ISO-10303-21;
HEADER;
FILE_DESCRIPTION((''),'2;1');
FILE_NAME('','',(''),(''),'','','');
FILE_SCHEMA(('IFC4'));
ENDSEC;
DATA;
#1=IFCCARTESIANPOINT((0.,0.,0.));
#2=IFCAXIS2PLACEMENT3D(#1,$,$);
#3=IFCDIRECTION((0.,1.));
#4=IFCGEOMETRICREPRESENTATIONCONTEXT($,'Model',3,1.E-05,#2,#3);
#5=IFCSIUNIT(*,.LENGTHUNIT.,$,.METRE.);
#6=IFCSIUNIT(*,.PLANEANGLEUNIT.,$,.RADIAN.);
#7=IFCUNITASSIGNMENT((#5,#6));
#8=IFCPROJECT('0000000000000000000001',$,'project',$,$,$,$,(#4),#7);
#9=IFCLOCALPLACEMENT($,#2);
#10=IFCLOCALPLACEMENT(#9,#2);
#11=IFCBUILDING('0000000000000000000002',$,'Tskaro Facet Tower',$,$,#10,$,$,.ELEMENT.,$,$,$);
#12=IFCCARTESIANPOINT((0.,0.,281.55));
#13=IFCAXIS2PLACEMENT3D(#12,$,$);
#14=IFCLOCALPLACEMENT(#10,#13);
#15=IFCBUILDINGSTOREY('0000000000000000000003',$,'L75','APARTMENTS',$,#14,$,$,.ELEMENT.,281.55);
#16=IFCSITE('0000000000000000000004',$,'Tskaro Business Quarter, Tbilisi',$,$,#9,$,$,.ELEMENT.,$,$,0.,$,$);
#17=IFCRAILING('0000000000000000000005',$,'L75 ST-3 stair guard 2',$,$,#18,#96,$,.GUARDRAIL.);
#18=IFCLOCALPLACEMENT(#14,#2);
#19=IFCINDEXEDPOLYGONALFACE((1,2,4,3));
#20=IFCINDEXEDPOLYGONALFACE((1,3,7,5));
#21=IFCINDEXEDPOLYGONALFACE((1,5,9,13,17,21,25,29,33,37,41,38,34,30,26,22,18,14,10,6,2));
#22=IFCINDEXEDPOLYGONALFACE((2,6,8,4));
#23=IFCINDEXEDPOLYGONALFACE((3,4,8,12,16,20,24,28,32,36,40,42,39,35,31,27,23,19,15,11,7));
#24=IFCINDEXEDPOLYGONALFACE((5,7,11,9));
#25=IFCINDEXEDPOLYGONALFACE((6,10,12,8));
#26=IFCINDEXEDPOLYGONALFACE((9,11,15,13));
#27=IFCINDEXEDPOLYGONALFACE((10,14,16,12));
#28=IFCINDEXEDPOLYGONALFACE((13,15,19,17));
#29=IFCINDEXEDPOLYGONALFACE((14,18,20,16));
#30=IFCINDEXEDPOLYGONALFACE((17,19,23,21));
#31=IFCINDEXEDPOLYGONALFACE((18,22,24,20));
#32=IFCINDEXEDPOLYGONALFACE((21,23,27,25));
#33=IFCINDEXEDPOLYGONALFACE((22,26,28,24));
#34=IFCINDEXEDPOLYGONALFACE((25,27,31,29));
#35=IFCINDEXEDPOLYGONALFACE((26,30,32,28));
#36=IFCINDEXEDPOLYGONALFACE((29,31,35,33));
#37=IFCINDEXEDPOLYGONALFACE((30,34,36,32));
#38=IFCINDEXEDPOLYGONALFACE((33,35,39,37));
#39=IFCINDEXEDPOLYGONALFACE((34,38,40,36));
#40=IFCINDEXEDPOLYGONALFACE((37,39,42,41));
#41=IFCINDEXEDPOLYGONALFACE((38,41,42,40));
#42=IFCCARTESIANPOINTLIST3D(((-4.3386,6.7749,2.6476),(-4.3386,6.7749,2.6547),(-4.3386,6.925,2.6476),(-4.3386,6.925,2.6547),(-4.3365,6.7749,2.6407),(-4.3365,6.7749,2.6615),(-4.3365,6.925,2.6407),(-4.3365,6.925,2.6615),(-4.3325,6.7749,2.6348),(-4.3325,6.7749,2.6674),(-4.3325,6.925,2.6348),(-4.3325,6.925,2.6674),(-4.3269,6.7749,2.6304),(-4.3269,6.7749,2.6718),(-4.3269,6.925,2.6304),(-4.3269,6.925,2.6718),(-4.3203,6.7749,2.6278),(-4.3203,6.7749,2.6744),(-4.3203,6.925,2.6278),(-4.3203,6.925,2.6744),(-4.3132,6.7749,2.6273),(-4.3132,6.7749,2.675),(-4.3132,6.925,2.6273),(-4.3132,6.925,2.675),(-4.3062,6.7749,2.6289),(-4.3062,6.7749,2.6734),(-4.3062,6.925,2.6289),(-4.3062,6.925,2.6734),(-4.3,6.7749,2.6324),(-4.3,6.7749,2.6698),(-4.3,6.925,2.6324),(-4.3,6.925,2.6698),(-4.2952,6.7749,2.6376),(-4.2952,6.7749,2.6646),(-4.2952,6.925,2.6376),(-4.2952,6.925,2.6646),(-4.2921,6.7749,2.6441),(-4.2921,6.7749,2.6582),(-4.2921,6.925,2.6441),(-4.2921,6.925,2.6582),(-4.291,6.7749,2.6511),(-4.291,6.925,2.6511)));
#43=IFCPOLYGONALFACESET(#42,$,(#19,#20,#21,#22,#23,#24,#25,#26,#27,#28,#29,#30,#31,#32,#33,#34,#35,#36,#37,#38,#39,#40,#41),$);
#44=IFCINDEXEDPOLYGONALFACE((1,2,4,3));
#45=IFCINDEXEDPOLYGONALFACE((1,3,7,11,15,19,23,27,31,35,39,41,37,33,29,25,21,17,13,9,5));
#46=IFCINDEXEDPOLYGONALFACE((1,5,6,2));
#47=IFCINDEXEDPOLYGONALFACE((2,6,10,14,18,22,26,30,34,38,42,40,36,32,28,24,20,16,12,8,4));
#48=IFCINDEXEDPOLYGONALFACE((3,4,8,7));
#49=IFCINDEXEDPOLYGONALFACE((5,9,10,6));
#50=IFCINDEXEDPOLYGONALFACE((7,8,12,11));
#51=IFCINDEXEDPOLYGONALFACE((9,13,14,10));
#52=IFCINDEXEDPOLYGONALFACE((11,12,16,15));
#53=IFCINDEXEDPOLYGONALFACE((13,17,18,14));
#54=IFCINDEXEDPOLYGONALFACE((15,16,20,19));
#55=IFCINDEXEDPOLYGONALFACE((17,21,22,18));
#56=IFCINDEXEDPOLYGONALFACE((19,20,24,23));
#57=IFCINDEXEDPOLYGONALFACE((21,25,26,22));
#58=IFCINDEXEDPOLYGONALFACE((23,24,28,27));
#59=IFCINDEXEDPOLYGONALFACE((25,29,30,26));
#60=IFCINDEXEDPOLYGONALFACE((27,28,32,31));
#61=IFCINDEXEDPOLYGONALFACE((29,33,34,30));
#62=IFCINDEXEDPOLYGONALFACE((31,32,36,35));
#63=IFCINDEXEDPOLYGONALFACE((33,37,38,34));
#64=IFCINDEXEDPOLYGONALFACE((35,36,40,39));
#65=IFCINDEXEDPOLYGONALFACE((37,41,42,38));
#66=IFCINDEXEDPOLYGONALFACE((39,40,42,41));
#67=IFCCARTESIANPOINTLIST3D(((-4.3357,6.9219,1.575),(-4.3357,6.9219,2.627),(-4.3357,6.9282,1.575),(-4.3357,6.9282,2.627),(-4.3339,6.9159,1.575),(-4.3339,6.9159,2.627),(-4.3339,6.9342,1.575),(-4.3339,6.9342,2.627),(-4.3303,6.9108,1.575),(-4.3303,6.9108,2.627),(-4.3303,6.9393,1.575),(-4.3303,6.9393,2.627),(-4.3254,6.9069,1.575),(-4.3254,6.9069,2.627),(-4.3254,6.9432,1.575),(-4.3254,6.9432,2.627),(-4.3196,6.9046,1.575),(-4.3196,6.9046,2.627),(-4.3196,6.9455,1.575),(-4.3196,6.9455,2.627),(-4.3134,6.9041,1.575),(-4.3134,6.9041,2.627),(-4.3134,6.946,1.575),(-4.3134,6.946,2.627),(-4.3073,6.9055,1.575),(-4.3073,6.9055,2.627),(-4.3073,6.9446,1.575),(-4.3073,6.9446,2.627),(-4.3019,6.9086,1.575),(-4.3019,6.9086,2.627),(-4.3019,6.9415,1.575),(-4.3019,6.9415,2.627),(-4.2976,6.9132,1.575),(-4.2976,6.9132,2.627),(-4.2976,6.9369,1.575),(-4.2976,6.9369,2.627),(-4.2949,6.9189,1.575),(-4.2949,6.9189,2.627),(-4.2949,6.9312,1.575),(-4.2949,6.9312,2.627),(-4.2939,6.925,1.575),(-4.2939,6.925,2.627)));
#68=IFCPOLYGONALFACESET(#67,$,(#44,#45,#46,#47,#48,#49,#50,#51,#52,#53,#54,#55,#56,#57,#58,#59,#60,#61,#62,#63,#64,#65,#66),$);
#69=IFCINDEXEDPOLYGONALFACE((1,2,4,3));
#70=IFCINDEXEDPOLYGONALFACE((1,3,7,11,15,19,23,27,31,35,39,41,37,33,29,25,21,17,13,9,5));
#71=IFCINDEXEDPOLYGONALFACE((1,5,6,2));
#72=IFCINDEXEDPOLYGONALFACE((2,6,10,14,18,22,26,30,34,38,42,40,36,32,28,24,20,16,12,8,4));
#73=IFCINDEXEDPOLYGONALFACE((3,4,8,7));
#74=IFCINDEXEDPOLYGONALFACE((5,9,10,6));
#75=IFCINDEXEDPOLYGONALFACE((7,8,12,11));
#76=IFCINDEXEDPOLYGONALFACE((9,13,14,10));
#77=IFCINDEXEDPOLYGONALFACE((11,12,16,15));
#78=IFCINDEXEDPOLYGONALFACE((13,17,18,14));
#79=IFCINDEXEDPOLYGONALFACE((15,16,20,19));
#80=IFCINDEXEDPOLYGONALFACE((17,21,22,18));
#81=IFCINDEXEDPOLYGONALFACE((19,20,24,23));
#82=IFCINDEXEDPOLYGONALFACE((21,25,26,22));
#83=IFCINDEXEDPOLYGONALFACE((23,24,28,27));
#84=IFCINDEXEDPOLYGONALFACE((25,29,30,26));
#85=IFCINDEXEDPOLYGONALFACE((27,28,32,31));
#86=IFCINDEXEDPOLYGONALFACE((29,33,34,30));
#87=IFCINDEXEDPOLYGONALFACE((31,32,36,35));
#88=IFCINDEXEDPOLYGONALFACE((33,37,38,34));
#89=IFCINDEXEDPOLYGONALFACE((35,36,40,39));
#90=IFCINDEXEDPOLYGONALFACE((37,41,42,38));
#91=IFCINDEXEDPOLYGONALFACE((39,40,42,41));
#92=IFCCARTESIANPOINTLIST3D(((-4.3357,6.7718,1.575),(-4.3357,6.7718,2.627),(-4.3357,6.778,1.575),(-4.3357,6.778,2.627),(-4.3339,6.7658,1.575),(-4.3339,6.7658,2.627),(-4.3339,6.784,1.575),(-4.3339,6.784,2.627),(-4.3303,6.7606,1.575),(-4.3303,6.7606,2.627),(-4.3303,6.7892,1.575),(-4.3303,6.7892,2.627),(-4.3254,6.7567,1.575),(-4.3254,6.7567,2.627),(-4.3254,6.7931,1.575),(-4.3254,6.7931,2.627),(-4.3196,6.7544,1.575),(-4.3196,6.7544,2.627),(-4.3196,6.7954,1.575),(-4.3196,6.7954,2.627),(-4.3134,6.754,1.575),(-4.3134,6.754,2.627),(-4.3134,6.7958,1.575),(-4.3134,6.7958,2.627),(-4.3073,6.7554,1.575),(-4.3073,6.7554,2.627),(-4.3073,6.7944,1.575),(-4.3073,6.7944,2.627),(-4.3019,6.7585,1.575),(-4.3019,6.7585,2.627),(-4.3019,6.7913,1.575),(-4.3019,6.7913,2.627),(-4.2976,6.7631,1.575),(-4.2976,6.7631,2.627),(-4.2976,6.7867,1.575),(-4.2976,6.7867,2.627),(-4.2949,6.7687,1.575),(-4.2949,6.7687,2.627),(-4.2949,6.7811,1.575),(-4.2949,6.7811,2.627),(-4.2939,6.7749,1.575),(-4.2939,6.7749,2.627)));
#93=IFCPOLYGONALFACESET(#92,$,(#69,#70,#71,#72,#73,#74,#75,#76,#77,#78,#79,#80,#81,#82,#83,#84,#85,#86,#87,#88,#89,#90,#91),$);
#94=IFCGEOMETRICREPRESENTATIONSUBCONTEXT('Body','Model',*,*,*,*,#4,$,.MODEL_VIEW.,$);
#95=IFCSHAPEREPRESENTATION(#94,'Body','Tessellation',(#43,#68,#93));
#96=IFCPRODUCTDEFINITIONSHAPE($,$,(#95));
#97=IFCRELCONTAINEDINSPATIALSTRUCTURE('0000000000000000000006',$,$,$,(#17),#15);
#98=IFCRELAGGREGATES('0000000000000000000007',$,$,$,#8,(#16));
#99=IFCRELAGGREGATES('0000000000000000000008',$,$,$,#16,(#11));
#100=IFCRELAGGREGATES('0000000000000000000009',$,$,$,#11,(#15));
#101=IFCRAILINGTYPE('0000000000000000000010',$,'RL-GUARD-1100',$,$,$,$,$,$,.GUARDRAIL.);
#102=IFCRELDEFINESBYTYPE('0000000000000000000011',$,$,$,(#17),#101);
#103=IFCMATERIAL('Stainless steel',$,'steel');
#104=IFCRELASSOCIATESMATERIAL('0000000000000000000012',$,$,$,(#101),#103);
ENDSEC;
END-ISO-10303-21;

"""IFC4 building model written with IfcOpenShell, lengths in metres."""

from ifc_helpers import new_model, si_unit, direction, frame, origin, origin_2d, place, context, subcontext, project, spatial, circle, extrude, material, type_object, element, save


model = new_model("IFC4")

# Units and contexts
model_context = context("Model", 3, precision=1e-05, world=origin(), true_north=direction((0.0, 1.0)))
body_context = subcontext(model_context, "Body", "Model", "MODEL_VIEW")
ifc_project = project(units=[si_unit("LENGTHUNIT", "METRE"), si_unit("PLANEANGLEUNIT", "RADIAN")], contexts=[model_context])

# Site, building, storey
site_placement = place(None, origin())
site = spatial("IfcSite", under=ifc_project, at=site_placement, Name="Tskaro Business Quarter, Tbilisi", CompositionType="ELEMENT", RefElevation=0.0)
building_placement = place(site_placement, origin())
building = spatial("IfcBuilding", under=site, at=building_placement, Name="Tskaro Facet Tower", CompositionType="ELEMENT")
storey_placement = place(building_placement, frame((0.0, 0.0, 281.55)))
storey = spatial("IfcBuildingStorey", under=building, at=storey_placement, Name="L75", Description="APARTMENTS", CompositionType="ELEMENT", Elevation=281.55)

# Railing
ifc_material_1 = material(Name="Stainless steel", Category="steel")
railing_type_1 = type_object("IfcRailingType", Name="RL-GUARD-1100", PredefinedType="GUARDRAIL", material=ifc_material_1)
railing_1_placement = place(storey_placement, frame((-4.3149, 6.925, 1.575)))
element("IfcRailing", 1, at=railing_1_placement, inside=storey, type_object=railing_type_1, Name="L75 ST-3 stair guard 2", PredefinedType="GUARDRAIL", context=body_context, shape_type="SweptSolid", body=[
    extrude(circle(Radius=0.0239, at=origin_2d()), frame((0.0, 0.0, 1.0762), z_axis=(0.0, -1.0, 0.0), x_axis=(1.0, 0.0, 0.0)), (0.0, 0.0, 1.0), 0.1501),
    extrude(circle(Radius=0.021, at=origin_2d()), origin(), (0.0, 0.0, 1.0), 1.052),
    extrude(circle(Radius=0.021, at=origin_2d()), frame((0.0, -0.1501, 0.0)), (0.0, 0.0, 1.0), 1.052),
])

save(model, "model.ifc")
